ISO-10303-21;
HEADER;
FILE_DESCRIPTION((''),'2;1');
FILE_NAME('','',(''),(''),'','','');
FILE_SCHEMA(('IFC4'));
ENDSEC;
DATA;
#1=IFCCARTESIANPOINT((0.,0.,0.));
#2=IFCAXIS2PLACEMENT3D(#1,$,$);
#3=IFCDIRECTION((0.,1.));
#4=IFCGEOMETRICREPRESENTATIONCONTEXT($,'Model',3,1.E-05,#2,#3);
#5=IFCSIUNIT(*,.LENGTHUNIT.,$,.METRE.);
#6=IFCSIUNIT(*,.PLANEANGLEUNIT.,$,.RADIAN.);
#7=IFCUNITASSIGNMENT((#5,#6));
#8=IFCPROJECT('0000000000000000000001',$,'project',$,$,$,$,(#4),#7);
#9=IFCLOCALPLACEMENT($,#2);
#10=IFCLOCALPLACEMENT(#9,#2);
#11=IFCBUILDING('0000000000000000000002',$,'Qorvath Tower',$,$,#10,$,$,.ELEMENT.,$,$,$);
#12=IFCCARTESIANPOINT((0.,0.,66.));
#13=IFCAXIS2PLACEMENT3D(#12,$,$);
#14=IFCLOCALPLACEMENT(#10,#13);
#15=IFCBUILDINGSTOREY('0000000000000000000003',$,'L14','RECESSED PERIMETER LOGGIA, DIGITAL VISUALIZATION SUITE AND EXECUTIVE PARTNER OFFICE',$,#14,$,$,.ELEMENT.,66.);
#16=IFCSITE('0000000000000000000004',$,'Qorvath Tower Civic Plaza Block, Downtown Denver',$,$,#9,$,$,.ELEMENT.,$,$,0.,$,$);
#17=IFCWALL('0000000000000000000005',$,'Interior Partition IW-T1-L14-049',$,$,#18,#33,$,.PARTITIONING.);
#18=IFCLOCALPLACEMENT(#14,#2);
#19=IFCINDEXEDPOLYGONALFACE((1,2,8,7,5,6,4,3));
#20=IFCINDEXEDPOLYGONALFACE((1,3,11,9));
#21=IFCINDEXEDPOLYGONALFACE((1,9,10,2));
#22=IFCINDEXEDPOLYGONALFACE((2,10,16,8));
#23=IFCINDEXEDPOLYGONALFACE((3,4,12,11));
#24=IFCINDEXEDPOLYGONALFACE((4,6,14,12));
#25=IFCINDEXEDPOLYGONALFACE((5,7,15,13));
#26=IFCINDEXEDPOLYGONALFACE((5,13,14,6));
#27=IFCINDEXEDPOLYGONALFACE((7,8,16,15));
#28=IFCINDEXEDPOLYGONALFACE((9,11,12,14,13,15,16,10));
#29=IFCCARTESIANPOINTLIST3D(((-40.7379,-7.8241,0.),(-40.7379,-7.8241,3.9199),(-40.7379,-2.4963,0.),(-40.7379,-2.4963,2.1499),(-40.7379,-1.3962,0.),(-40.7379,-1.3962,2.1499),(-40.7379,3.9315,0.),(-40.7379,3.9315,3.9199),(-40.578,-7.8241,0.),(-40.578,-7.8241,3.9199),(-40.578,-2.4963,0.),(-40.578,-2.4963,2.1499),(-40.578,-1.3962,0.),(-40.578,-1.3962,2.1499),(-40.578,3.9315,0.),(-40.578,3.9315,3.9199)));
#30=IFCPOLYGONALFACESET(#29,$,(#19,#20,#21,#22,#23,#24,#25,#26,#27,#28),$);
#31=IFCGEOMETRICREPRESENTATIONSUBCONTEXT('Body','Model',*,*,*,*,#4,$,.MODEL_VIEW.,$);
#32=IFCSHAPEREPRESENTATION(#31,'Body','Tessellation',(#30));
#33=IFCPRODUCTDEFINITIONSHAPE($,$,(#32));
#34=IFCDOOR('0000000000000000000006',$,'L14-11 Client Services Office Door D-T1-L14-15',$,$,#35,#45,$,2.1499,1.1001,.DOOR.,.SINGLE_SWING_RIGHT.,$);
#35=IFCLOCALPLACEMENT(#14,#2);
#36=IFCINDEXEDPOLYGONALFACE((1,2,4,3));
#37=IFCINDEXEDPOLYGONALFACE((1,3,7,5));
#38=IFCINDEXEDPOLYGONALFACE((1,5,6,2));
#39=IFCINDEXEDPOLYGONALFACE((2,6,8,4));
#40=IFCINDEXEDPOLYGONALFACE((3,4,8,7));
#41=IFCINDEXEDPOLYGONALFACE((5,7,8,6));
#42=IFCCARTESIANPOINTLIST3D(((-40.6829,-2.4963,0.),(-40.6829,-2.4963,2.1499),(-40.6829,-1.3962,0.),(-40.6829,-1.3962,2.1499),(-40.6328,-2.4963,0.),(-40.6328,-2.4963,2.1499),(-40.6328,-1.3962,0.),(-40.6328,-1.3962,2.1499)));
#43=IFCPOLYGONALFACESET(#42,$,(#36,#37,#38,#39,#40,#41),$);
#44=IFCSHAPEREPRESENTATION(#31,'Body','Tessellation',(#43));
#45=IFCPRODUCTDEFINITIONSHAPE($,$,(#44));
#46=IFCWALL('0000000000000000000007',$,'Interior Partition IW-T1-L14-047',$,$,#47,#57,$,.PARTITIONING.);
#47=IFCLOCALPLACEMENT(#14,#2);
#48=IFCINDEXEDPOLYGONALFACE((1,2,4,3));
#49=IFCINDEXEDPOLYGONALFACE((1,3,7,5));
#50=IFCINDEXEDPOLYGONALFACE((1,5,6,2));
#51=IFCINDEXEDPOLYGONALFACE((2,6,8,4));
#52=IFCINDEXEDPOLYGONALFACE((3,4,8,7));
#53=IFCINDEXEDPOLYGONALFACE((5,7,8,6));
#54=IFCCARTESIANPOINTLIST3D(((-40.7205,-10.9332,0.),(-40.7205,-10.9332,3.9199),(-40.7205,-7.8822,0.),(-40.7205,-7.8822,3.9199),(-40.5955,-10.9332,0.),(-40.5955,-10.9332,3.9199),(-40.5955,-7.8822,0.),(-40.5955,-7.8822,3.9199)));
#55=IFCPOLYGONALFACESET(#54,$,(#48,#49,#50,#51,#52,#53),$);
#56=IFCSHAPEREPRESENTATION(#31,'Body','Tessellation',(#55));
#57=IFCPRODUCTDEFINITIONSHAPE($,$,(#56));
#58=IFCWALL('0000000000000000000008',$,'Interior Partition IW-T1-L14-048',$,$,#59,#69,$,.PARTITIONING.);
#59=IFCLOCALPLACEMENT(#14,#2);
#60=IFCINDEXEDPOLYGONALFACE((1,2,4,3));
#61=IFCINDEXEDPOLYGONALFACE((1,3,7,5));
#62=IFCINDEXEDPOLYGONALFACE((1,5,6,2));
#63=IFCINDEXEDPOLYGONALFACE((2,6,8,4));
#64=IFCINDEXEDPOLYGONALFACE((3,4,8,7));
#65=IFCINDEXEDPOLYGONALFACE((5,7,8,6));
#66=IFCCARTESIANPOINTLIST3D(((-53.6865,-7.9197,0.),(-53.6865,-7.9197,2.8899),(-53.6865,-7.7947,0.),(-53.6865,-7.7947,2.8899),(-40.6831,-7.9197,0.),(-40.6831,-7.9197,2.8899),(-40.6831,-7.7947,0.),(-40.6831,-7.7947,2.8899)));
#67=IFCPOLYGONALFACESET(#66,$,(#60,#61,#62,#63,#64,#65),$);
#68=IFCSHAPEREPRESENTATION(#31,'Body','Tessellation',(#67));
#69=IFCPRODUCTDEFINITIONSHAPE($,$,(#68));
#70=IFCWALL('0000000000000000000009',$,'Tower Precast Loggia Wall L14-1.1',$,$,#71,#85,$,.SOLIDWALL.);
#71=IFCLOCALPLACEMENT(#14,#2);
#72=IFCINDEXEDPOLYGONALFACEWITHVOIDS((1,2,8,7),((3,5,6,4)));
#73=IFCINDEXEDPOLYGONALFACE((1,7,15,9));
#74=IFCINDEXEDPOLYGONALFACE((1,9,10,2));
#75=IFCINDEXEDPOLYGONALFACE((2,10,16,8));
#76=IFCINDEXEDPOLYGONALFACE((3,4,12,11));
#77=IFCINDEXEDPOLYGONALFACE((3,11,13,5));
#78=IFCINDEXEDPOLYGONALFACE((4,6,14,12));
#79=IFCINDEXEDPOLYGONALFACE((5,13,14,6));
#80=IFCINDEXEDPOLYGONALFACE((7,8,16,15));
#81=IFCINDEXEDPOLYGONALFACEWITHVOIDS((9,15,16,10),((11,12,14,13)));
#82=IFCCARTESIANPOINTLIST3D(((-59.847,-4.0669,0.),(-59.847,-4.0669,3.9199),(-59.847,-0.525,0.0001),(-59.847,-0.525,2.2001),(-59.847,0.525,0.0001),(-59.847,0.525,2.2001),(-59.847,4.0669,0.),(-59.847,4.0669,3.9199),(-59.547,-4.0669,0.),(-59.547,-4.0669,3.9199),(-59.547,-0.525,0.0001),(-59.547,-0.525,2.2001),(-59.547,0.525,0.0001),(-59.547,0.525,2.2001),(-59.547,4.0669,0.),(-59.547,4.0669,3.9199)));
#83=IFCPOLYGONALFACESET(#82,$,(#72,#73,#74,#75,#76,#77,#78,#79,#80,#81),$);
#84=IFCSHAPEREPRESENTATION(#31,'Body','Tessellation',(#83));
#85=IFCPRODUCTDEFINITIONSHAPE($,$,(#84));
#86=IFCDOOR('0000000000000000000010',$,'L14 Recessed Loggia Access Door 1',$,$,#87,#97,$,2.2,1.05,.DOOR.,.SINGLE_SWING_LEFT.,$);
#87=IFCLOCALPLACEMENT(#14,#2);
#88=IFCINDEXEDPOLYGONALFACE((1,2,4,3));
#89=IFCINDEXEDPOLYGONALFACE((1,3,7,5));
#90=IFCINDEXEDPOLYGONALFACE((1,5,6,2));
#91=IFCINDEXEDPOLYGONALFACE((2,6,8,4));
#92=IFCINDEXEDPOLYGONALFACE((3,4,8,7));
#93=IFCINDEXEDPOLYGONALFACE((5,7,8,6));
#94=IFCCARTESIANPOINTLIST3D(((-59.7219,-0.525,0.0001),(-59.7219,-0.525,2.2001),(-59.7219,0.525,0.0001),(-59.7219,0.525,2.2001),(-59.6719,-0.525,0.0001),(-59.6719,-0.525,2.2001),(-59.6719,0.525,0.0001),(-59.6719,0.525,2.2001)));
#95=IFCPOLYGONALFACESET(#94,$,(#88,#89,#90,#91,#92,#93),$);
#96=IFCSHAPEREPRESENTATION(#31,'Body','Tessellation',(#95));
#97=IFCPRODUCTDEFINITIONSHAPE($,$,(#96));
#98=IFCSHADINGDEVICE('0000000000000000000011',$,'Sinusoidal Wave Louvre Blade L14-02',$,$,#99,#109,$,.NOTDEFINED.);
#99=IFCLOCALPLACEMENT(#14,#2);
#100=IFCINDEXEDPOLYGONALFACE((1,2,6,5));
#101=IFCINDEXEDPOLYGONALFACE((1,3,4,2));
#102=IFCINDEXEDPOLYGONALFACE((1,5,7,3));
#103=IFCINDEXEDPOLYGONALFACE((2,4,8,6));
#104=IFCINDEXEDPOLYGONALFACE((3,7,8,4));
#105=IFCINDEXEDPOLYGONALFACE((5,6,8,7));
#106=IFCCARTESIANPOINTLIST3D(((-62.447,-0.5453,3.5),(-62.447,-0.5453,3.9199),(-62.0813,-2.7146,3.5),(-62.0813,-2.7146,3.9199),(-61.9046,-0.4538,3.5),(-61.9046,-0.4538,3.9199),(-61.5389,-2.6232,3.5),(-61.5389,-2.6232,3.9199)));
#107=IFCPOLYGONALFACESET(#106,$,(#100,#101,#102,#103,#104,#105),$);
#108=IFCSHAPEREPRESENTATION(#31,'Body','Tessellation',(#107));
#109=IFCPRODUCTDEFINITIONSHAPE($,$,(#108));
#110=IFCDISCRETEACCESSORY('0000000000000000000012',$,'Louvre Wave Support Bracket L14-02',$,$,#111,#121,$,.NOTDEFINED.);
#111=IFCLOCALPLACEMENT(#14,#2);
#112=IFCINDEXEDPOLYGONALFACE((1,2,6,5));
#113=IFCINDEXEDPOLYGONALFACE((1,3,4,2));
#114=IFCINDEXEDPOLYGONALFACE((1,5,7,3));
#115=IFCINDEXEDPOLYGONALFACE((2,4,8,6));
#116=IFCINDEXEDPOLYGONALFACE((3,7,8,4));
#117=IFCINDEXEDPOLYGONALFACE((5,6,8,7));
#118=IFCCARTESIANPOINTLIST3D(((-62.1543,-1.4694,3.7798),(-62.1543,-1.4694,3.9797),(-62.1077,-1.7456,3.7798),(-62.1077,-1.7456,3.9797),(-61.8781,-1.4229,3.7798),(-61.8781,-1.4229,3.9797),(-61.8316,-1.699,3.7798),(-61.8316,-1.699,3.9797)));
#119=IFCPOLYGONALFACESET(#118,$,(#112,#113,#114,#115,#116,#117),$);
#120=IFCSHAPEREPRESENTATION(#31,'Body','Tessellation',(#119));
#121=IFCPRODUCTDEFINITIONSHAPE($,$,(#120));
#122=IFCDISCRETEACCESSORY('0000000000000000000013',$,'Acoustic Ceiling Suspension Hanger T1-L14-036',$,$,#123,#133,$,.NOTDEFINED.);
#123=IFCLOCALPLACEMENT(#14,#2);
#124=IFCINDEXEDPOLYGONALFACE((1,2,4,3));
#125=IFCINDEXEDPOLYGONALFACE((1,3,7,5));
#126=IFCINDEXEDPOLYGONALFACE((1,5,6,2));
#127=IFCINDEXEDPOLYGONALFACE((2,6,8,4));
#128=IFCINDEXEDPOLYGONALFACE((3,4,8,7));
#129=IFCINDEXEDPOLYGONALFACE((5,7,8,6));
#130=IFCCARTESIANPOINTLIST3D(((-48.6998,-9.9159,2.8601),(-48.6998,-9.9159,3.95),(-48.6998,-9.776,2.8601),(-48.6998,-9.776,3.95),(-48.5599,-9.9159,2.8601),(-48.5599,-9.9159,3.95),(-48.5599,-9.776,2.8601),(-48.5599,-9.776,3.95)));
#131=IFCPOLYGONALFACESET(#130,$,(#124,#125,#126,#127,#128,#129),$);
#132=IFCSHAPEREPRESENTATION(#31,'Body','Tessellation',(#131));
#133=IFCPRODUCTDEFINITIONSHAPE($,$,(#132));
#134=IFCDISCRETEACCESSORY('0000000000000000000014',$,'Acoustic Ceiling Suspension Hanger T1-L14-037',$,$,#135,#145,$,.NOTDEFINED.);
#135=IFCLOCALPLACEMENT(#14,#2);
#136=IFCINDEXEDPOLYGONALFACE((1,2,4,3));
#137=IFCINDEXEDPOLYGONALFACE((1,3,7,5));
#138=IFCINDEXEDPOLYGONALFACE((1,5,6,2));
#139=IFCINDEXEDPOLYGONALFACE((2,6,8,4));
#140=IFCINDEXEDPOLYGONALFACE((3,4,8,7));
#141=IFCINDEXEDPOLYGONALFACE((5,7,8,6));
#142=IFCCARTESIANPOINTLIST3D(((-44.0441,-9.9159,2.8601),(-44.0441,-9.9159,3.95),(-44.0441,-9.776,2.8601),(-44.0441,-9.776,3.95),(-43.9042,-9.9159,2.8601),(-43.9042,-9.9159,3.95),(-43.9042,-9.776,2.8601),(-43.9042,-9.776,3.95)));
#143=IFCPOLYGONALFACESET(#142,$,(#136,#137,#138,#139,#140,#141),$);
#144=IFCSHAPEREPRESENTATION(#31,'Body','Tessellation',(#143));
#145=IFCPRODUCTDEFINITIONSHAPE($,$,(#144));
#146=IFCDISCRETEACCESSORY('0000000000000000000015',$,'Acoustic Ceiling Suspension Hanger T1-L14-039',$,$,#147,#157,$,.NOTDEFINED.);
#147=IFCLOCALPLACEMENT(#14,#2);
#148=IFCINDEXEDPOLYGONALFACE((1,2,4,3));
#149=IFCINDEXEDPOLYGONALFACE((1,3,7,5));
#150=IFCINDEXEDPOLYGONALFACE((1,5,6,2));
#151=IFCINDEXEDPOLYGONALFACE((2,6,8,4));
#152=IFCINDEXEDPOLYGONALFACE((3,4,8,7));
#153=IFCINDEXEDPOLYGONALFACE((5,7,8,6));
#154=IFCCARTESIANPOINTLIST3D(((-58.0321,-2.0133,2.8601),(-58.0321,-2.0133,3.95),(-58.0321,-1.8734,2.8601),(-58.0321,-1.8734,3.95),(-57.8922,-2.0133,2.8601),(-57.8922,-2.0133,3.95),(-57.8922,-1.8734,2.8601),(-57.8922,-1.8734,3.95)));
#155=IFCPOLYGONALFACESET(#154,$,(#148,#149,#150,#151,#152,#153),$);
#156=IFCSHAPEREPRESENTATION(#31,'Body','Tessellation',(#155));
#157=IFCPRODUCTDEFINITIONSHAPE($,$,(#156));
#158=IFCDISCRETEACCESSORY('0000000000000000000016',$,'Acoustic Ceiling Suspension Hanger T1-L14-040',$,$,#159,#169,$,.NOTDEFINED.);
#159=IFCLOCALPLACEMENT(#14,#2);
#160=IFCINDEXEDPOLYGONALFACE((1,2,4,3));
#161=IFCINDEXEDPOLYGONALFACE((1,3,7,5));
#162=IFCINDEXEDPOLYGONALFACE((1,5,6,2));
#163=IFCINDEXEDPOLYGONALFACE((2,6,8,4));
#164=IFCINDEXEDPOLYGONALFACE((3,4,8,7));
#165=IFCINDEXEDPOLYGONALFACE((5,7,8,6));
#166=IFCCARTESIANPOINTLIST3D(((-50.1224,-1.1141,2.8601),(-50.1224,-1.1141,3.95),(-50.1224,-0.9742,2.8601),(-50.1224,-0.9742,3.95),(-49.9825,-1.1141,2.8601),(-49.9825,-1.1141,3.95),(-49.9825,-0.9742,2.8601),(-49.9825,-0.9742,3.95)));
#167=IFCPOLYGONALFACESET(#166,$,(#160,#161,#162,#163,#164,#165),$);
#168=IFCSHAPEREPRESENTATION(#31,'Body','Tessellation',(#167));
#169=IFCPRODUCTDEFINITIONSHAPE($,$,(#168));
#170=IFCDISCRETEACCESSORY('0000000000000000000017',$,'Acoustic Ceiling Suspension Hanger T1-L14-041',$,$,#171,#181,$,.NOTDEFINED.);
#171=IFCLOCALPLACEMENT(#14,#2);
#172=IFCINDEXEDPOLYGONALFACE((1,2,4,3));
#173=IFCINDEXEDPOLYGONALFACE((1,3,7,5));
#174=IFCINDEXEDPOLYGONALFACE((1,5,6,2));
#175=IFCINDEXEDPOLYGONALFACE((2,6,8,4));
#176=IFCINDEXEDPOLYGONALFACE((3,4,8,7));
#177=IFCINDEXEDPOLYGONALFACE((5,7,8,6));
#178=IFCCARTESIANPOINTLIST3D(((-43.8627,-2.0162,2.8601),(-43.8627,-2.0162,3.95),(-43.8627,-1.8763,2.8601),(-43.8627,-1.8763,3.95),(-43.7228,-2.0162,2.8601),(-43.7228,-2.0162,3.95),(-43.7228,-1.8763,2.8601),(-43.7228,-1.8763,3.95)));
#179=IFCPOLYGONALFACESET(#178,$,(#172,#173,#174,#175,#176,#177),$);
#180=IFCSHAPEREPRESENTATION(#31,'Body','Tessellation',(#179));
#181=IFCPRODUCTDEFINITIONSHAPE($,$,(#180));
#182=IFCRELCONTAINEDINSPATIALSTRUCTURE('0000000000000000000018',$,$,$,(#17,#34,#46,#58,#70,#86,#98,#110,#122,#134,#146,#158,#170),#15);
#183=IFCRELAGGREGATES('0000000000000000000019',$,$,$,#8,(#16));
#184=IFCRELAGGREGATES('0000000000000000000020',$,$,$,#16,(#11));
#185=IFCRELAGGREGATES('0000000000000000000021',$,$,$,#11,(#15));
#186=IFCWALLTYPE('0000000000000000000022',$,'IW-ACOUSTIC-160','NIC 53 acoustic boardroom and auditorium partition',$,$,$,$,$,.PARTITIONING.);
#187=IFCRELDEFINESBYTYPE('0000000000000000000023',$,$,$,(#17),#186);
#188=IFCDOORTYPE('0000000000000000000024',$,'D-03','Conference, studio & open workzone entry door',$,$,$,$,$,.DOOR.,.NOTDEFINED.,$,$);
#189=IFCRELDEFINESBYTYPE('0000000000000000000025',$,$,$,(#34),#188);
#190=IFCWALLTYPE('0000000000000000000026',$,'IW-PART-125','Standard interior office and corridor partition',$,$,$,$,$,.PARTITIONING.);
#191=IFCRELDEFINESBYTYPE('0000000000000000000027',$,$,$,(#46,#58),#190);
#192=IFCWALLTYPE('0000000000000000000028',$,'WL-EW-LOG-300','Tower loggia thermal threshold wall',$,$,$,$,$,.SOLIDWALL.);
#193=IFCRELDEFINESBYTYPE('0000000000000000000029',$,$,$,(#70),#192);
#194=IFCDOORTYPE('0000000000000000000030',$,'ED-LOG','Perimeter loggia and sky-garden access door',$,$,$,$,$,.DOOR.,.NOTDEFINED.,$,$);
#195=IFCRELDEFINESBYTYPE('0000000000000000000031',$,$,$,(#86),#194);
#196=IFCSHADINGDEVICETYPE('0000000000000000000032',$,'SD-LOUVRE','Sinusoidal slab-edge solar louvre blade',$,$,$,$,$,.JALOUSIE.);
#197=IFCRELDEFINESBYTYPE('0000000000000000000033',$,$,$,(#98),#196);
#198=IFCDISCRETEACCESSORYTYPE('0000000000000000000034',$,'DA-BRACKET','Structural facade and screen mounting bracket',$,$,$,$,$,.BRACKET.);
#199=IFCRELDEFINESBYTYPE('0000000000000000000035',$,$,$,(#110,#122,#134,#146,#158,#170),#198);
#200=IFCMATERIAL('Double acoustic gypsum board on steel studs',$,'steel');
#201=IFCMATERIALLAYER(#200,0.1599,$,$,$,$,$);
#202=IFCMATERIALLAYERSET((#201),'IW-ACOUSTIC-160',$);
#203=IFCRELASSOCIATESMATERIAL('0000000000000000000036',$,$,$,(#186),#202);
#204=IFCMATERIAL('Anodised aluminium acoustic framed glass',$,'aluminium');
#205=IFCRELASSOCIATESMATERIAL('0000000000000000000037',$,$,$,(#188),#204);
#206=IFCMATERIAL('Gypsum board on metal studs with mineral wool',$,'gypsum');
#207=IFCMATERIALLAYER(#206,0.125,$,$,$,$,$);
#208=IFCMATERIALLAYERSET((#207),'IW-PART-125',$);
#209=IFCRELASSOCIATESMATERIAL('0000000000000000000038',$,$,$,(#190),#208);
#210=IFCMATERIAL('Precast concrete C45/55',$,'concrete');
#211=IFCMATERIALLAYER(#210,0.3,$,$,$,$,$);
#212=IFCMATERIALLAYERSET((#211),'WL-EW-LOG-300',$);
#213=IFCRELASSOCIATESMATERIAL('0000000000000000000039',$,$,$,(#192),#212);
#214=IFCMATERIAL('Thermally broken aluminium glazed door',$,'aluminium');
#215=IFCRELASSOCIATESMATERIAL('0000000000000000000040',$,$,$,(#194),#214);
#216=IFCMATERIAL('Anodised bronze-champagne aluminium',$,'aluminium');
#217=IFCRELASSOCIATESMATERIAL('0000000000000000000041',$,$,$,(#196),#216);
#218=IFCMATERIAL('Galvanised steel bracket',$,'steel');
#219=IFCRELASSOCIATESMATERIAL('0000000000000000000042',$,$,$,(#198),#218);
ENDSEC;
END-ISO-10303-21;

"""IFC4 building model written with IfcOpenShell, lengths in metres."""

from ifc_helpers import new_model, si_unit, direction, frame, frame_2d, origin, origin_2d, place, context, subcontext, project, spatial, rectangle, extrude, material, layer, layer_set, type_object, element, fill, save


model = new_model("IFC4")

# Units and contexts
model_context = context("Model", 3, precision=1e-05, world=origin(), true_north=direction((0.0, 1.0)))
body_context = subcontext(model_context, "Body", "Model", "MODEL_VIEW")
ifc_project = project(units=[si_unit("LENGTHUNIT", "METRE"), si_unit("PLANEANGLEUNIT", "RADIAN")], contexts=[model_context])

# Site, building, storey
site_placement = place(None, origin())
site = spatial("IfcSite", under=ifc_project, at=site_placement, Name="Qorvath Tower Civic Plaza Block, Downtown Denver", CompositionType="ELEMENT", RefElevation=0.0)
building_placement = place(site_placement, origin())
building = spatial("IfcBuilding", under=site, at=building_placement, Name="Qorvath Tower", CompositionType="ELEMENT")
storey_placement = place(building_placement, frame((0.0, 0.0, 66.0)))
storey = spatial("IfcBuildingStorey", under=building, at=storey_placement, Name="L14", Description="RECESSED PERIMETER LOGGIA, DIGITAL VISUALIZATION SUITE AND EXECUTIVE PARTNER OFFICE", CompositionType="ELEMENT", Elevation=66.0)

# Wall, opening, door
ifc_material_1 = material(Name="Double acoustic gypsum board on steel studs", Category="steel")
ifc_layer_1 = layer(ifc_material_1, 0.1599)
ifc_layer_set_1 = layer_set([ifc_layer_1], Name="IW-ACOUSTIC-160")
wall_type_1 = type_object("IfcWallType", Name="IW-ACOUSTIC-160", Description="NIC 53 acoustic boardroom and auditorium partition", PredefinedType="PARTITIONING", material=ifc_layer_set_1)
wall_1_placement = place(storey_placement, frame((-40.658, -7.8242, 0.0), z_axis=(0.0, 0.0, 1.0), x_axis=(0.0, 1.0, 0.0)))
wall_1 = element("IfcWall", 1, at=wall_1_placement, inside=storey, type_object=wall_type_1, Name="Interior Partition IW-T1-L14-049", PredefinedType="PARTITIONING", context=body_context, shape_type="SweptSolid", body=[
    extrude(rectangle(XDim=11.7556, YDim=0.1599, at=frame_2d((5.8779, 0.0))), origin(), (0.0, 0.0, 1.0), 3.9199),
])
opening_1_placement = place(wall_1_placement, frame((5.3279, 0.0, 0.0)))
opening_1 = element("IfcOpeningElement", 2, at=opening_1_placement, cuts=wall_1, PredefinedType="OPENING", context=body_context, shape_type="SweptSolid", body=[
    extrude(rectangle(XDim=1.1001, YDim=2.1499, at=frame_2d((0.55, 1.075))), frame((0.0, 0.0898, 0.0), z_axis=(0.0, -1.0, 0.0), x_axis=(1.0, 0.0, 0.0)), (0.0, 0.0, 1.0), 0.1799),
])
ifc_material_2 = material(Name="Anodised aluminium acoustic framed glass", Category="aluminium")
door_type_1 = type_object("IfcDoorType", Name="D-03", Description="Conference, studio & open workzone entry door", OperationType="NOTDEFINED", PredefinedType="DOOR", material=ifc_material_2)
door_1_placement = place(opening_1_placement, origin())
door_1 = element("IfcDoor", 3, at=door_1_placement, inside=storey, type_object=door_type_1, Name="L14-11 Client Services Office Door D-T1-L14-15", OperationType="SINGLE_SWING_RIGHT", OverallHeight=2.1499, OverallWidth=1.1001, PredefinedType="DOOR", context=body_context, shape_type="SweptSolid", body=[
    extrude(rectangle(XDim=1.1001, YDim=2.1499, at=frame_2d((0.55, 1.075))), frame((0.0, 0.0249, 0.0), z_axis=(0.0, -1.0, 0.0), x_axis=(1.0, 0.0, 0.0)), (0.0, 0.0, 1.0), 0.05),
])
fill(opening_1, door_1)

# Walls
ifc_material_3 = material(Name="Gypsum board on metal studs with mineral wool", Category="gypsum")
ifc_layer_2 = layer(ifc_material_3, 0.125)
ifc_layer_set_2 = layer_set([ifc_layer_2], Name="IW-PART-125")
wall_type_2 = type_object("IfcWallType", Name="IW-PART-125", Description="Standard interior office and corridor partition", PredefinedType="PARTITIONING", material=ifc_layer_set_2)
wall_2_placement = place(storey_placement, frame((-40.658, -10.9331, 0.0), z_axis=(0.0, 0.0, 1.0), x_axis=(0.0, 1.0, 0.0)))
element("IfcWall", 4, at=wall_2_placement, inside=storey, type_object=wall_type_2, Name="Interior Partition IW-T1-L14-047", PredefinedType="PARTITIONING", context=body_context, shape_type="SweptSolid", body=[
    extrude(rectangle(XDim=3.051, YDim=0.125, at=frame_2d((1.5254, 0.0))), origin(), (0.0, 0.0, 1.0), 3.9199),
])
wall_3_placement = place(storey_placement, frame((-40.6831, -7.8572, 0.0), z_axis=(0.0, 0.0, 1.0), x_axis=(-1.0, 0.0, 0.0)))
element("IfcWall", 5, at=wall_3_placement, inside=storey, type_object=wall_type_2, Name="Interior Partition IW-T1-L14-048", PredefinedType="PARTITIONING", context=body_context, shape_type="SweptSolid", body=[
    extrude(rectangle(XDim=13.0034, YDim=0.125, at=frame_2d((6.5017, 0.0))), origin(), (0.0, 0.0, 1.0), 2.8899),
])

# Wall, opening, door
ifc_material_4 = material(Name="Precast concrete C45/55", Category="concrete")
ifc_layer_3 = layer(ifc_material_4, 0.3)
ifc_layer_set_3 = layer_set([ifc_layer_3], Name="WL-EW-LOG-300")
wall_type_3 = type_object("IfcWallType", Name="WL-EW-LOG-300", Description="Tower loggia thermal threshold wall", PredefinedType="SOLIDWALL", material=ifc_layer_set_3)
wall_4_placement = place(storey_placement, frame((-59.697, -4.0669, 0.0), z_axis=(0.0, 0.0, 1.0), x_axis=(0.0, 1.0, 0.0)))
wall_4 = element("IfcWall", 6, at=wall_4_placement, inside=storey, type_object=wall_type_3, Name="Tower Precast Loggia Wall L14-1.1", PredefinedType="SOLIDWALL", context=body_context, shape_type="SweptSolid", body=[
    extrude(rectangle(XDim=8.1338, YDim=0.3, at=frame_2d((4.0669, 0.0))), origin(), (0.0, 0.0, 1.0), 3.9199),
])
opening_2_placement = place(wall_4_placement, frame((3.542, 0.0, 0.0)))
opening_2 = element("IfcOpeningElement", 7, at=opening_2_placement, cuts=wall_4, PredefinedType="OPENING", context=body_context, shape_type="SweptSolid", body=[
    extrude(rectangle(XDim=1.05, YDim=2.2, at=frame_2d((0.5249, 1.1001))), frame((0.0, 0.1602, 0.0), z_axis=(0.0, -1.0, 0.0), x_axis=(1.0, 0.0, 0.0)), (0.0, 0.0, 1.0), 0.3201),
])
ifc_material_5 = material(Name="Thermally broken aluminium glazed door", Category="aluminium")
door_type_2 = type_object("IfcDoorType", Name="ED-LOG", Description="Perimeter loggia and sky-garden access door", OperationType="NOTDEFINED", PredefinedType="DOOR", material=ifc_material_5)
door_2_placement = place(opening_2_placement, origin())
door_2 = element("IfcDoor", 8, at=door_2_placement, inside=storey, type_object=door_type_2, Name="L14 Recessed Loggia Access Door 1", OperationType="SINGLE_SWING_LEFT", OverallHeight=2.2, OverallWidth=1.05, PredefinedType="DOOR", context=body_context, shape_type="SweptSolid", body=[
    extrude(rectangle(XDim=1.05, YDim=2.2, at=frame_2d((0.5249, 1.1001))), frame((0.0, 0.0249, 0.0), z_axis=(0.0, -1.0, 0.0), x_axis=(1.0, 0.0, 0.0)), (0.0, 0.0, 1.0), 0.05),
])
fill(opening_2, door_2)

# Shading device
ifc_material_6 = material(Name="Anodised bronze-champagne aluminium", Category="aluminium")
shading_device_type = type_object("IfcShadingDeviceType", Name="SD-LOUVRE", Description="Sinusoidal slab-edge solar louvre blade", PredefinedType="JALOUSIE", material=ifc_material_6)
shading_device_placement = place(storey_placement, frame((-61.9929, -1.5842, 3.5), z_axis=(0.0, 0.0, 1.0), x_axis=(0.16624, -0.986085, 0.0)))
element("IfcShadingDevice", 9, at=shading_device_placement, inside=storey, type_object=shading_device_type, Name="Sinusoidal Wave Louvre Blade L14-02", PredefinedType="NOTDEFINED", context=body_context, shape_type="SweptSolid", body=[
    extrude(rectangle(XDim=2.2, YDim=0.55, at=origin_2d()), origin(), (0.0, 0.0, 1.0), 0.4199),
])

# Discrete accessories
ifc_material_7 = material(Name="Galvanised steel bracket", Category="steel")
discrete_accessory_type = type_object("IfcDiscreteAccessoryType", Name="DA-BRACKET", Description="Structural facade and screen mounting bracket", PredefinedType="BRACKET", material=ifc_material_7)
discrete_accessory_placement = place(storey_placement, frame((-61.9929, -1.5842, 3.7798), z_axis=(0.0, 0.0, 1.0), x_axis=(0.16624, -0.986085, 0.0)))
element("IfcDiscreteAccessory", 10, at=discrete_accessory_placement, inside=storey, type_object=discrete_accessory_type, Name="Louvre Wave Support Bracket L14-02", PredefinedType="NOTDEFINED", context=body_context, shape_type="SweptSolid", body=[
    extrude(rectangle(XDim=0.28, YDim=0.28, at=origin_2d()), origin(), (0.0, 0.0, 1.0), 0.2),
])
for number, where, z_axis, x_axis, name in (
    (11, (-48.6299, -9.8459, 2.8601), (0.0, 0.0, 1.0), (1.0, 0.0, 0.0), "Acoustic Ceiling Suspension Hanger T1-L14-036"),
    (12, (-43.9741, -9.8459, 2.8601), (0.0, 0.0, 1.0), (1.0, 0.0, 0.0), "Acoustic Ceiling Suspension Hanger T1-L14-037"),
    (13, (-57.9622, -1.9434, 2.8601), (0.0, 0.0, 1.0), (1.0, 0.0, 0.0), "Acoustic Ceiling Suspension Hanger T1-L14-039"),
    (14, (-50.0525, -1.0442, 2.8601), (0.0, 0.0, 1.0), (1.0, 0.0, 0.0), "Acoustic Ceiling Suspension Hanger T1-L14-040"),
    (15, (-43.7927, -1.9463, 2.8601), (0.0, 0.0, 1.0), (1.0, 0.0, 0.0), "Acoustic Ceiling Suspension Hanger T1-L14-041"),
):
    element("IfcDiscreteAccessory", number, at=place(storey_placement, frame(where, z_axis=z_axis, x_axis=x_axis)), inside=storey, type_object=discrete_accessory_type, Name=name, PredefinedType="NOTDEFINED", context=body_context, shape_type="SweptSolid", body=[
        extrude(rectangle(XDim=0.1399, YDim=0.1399, at=origin_2d()), origin(), (0.0, 0.0, 1.0), 1.0898),
    ])

save(model, "model.ifc")
